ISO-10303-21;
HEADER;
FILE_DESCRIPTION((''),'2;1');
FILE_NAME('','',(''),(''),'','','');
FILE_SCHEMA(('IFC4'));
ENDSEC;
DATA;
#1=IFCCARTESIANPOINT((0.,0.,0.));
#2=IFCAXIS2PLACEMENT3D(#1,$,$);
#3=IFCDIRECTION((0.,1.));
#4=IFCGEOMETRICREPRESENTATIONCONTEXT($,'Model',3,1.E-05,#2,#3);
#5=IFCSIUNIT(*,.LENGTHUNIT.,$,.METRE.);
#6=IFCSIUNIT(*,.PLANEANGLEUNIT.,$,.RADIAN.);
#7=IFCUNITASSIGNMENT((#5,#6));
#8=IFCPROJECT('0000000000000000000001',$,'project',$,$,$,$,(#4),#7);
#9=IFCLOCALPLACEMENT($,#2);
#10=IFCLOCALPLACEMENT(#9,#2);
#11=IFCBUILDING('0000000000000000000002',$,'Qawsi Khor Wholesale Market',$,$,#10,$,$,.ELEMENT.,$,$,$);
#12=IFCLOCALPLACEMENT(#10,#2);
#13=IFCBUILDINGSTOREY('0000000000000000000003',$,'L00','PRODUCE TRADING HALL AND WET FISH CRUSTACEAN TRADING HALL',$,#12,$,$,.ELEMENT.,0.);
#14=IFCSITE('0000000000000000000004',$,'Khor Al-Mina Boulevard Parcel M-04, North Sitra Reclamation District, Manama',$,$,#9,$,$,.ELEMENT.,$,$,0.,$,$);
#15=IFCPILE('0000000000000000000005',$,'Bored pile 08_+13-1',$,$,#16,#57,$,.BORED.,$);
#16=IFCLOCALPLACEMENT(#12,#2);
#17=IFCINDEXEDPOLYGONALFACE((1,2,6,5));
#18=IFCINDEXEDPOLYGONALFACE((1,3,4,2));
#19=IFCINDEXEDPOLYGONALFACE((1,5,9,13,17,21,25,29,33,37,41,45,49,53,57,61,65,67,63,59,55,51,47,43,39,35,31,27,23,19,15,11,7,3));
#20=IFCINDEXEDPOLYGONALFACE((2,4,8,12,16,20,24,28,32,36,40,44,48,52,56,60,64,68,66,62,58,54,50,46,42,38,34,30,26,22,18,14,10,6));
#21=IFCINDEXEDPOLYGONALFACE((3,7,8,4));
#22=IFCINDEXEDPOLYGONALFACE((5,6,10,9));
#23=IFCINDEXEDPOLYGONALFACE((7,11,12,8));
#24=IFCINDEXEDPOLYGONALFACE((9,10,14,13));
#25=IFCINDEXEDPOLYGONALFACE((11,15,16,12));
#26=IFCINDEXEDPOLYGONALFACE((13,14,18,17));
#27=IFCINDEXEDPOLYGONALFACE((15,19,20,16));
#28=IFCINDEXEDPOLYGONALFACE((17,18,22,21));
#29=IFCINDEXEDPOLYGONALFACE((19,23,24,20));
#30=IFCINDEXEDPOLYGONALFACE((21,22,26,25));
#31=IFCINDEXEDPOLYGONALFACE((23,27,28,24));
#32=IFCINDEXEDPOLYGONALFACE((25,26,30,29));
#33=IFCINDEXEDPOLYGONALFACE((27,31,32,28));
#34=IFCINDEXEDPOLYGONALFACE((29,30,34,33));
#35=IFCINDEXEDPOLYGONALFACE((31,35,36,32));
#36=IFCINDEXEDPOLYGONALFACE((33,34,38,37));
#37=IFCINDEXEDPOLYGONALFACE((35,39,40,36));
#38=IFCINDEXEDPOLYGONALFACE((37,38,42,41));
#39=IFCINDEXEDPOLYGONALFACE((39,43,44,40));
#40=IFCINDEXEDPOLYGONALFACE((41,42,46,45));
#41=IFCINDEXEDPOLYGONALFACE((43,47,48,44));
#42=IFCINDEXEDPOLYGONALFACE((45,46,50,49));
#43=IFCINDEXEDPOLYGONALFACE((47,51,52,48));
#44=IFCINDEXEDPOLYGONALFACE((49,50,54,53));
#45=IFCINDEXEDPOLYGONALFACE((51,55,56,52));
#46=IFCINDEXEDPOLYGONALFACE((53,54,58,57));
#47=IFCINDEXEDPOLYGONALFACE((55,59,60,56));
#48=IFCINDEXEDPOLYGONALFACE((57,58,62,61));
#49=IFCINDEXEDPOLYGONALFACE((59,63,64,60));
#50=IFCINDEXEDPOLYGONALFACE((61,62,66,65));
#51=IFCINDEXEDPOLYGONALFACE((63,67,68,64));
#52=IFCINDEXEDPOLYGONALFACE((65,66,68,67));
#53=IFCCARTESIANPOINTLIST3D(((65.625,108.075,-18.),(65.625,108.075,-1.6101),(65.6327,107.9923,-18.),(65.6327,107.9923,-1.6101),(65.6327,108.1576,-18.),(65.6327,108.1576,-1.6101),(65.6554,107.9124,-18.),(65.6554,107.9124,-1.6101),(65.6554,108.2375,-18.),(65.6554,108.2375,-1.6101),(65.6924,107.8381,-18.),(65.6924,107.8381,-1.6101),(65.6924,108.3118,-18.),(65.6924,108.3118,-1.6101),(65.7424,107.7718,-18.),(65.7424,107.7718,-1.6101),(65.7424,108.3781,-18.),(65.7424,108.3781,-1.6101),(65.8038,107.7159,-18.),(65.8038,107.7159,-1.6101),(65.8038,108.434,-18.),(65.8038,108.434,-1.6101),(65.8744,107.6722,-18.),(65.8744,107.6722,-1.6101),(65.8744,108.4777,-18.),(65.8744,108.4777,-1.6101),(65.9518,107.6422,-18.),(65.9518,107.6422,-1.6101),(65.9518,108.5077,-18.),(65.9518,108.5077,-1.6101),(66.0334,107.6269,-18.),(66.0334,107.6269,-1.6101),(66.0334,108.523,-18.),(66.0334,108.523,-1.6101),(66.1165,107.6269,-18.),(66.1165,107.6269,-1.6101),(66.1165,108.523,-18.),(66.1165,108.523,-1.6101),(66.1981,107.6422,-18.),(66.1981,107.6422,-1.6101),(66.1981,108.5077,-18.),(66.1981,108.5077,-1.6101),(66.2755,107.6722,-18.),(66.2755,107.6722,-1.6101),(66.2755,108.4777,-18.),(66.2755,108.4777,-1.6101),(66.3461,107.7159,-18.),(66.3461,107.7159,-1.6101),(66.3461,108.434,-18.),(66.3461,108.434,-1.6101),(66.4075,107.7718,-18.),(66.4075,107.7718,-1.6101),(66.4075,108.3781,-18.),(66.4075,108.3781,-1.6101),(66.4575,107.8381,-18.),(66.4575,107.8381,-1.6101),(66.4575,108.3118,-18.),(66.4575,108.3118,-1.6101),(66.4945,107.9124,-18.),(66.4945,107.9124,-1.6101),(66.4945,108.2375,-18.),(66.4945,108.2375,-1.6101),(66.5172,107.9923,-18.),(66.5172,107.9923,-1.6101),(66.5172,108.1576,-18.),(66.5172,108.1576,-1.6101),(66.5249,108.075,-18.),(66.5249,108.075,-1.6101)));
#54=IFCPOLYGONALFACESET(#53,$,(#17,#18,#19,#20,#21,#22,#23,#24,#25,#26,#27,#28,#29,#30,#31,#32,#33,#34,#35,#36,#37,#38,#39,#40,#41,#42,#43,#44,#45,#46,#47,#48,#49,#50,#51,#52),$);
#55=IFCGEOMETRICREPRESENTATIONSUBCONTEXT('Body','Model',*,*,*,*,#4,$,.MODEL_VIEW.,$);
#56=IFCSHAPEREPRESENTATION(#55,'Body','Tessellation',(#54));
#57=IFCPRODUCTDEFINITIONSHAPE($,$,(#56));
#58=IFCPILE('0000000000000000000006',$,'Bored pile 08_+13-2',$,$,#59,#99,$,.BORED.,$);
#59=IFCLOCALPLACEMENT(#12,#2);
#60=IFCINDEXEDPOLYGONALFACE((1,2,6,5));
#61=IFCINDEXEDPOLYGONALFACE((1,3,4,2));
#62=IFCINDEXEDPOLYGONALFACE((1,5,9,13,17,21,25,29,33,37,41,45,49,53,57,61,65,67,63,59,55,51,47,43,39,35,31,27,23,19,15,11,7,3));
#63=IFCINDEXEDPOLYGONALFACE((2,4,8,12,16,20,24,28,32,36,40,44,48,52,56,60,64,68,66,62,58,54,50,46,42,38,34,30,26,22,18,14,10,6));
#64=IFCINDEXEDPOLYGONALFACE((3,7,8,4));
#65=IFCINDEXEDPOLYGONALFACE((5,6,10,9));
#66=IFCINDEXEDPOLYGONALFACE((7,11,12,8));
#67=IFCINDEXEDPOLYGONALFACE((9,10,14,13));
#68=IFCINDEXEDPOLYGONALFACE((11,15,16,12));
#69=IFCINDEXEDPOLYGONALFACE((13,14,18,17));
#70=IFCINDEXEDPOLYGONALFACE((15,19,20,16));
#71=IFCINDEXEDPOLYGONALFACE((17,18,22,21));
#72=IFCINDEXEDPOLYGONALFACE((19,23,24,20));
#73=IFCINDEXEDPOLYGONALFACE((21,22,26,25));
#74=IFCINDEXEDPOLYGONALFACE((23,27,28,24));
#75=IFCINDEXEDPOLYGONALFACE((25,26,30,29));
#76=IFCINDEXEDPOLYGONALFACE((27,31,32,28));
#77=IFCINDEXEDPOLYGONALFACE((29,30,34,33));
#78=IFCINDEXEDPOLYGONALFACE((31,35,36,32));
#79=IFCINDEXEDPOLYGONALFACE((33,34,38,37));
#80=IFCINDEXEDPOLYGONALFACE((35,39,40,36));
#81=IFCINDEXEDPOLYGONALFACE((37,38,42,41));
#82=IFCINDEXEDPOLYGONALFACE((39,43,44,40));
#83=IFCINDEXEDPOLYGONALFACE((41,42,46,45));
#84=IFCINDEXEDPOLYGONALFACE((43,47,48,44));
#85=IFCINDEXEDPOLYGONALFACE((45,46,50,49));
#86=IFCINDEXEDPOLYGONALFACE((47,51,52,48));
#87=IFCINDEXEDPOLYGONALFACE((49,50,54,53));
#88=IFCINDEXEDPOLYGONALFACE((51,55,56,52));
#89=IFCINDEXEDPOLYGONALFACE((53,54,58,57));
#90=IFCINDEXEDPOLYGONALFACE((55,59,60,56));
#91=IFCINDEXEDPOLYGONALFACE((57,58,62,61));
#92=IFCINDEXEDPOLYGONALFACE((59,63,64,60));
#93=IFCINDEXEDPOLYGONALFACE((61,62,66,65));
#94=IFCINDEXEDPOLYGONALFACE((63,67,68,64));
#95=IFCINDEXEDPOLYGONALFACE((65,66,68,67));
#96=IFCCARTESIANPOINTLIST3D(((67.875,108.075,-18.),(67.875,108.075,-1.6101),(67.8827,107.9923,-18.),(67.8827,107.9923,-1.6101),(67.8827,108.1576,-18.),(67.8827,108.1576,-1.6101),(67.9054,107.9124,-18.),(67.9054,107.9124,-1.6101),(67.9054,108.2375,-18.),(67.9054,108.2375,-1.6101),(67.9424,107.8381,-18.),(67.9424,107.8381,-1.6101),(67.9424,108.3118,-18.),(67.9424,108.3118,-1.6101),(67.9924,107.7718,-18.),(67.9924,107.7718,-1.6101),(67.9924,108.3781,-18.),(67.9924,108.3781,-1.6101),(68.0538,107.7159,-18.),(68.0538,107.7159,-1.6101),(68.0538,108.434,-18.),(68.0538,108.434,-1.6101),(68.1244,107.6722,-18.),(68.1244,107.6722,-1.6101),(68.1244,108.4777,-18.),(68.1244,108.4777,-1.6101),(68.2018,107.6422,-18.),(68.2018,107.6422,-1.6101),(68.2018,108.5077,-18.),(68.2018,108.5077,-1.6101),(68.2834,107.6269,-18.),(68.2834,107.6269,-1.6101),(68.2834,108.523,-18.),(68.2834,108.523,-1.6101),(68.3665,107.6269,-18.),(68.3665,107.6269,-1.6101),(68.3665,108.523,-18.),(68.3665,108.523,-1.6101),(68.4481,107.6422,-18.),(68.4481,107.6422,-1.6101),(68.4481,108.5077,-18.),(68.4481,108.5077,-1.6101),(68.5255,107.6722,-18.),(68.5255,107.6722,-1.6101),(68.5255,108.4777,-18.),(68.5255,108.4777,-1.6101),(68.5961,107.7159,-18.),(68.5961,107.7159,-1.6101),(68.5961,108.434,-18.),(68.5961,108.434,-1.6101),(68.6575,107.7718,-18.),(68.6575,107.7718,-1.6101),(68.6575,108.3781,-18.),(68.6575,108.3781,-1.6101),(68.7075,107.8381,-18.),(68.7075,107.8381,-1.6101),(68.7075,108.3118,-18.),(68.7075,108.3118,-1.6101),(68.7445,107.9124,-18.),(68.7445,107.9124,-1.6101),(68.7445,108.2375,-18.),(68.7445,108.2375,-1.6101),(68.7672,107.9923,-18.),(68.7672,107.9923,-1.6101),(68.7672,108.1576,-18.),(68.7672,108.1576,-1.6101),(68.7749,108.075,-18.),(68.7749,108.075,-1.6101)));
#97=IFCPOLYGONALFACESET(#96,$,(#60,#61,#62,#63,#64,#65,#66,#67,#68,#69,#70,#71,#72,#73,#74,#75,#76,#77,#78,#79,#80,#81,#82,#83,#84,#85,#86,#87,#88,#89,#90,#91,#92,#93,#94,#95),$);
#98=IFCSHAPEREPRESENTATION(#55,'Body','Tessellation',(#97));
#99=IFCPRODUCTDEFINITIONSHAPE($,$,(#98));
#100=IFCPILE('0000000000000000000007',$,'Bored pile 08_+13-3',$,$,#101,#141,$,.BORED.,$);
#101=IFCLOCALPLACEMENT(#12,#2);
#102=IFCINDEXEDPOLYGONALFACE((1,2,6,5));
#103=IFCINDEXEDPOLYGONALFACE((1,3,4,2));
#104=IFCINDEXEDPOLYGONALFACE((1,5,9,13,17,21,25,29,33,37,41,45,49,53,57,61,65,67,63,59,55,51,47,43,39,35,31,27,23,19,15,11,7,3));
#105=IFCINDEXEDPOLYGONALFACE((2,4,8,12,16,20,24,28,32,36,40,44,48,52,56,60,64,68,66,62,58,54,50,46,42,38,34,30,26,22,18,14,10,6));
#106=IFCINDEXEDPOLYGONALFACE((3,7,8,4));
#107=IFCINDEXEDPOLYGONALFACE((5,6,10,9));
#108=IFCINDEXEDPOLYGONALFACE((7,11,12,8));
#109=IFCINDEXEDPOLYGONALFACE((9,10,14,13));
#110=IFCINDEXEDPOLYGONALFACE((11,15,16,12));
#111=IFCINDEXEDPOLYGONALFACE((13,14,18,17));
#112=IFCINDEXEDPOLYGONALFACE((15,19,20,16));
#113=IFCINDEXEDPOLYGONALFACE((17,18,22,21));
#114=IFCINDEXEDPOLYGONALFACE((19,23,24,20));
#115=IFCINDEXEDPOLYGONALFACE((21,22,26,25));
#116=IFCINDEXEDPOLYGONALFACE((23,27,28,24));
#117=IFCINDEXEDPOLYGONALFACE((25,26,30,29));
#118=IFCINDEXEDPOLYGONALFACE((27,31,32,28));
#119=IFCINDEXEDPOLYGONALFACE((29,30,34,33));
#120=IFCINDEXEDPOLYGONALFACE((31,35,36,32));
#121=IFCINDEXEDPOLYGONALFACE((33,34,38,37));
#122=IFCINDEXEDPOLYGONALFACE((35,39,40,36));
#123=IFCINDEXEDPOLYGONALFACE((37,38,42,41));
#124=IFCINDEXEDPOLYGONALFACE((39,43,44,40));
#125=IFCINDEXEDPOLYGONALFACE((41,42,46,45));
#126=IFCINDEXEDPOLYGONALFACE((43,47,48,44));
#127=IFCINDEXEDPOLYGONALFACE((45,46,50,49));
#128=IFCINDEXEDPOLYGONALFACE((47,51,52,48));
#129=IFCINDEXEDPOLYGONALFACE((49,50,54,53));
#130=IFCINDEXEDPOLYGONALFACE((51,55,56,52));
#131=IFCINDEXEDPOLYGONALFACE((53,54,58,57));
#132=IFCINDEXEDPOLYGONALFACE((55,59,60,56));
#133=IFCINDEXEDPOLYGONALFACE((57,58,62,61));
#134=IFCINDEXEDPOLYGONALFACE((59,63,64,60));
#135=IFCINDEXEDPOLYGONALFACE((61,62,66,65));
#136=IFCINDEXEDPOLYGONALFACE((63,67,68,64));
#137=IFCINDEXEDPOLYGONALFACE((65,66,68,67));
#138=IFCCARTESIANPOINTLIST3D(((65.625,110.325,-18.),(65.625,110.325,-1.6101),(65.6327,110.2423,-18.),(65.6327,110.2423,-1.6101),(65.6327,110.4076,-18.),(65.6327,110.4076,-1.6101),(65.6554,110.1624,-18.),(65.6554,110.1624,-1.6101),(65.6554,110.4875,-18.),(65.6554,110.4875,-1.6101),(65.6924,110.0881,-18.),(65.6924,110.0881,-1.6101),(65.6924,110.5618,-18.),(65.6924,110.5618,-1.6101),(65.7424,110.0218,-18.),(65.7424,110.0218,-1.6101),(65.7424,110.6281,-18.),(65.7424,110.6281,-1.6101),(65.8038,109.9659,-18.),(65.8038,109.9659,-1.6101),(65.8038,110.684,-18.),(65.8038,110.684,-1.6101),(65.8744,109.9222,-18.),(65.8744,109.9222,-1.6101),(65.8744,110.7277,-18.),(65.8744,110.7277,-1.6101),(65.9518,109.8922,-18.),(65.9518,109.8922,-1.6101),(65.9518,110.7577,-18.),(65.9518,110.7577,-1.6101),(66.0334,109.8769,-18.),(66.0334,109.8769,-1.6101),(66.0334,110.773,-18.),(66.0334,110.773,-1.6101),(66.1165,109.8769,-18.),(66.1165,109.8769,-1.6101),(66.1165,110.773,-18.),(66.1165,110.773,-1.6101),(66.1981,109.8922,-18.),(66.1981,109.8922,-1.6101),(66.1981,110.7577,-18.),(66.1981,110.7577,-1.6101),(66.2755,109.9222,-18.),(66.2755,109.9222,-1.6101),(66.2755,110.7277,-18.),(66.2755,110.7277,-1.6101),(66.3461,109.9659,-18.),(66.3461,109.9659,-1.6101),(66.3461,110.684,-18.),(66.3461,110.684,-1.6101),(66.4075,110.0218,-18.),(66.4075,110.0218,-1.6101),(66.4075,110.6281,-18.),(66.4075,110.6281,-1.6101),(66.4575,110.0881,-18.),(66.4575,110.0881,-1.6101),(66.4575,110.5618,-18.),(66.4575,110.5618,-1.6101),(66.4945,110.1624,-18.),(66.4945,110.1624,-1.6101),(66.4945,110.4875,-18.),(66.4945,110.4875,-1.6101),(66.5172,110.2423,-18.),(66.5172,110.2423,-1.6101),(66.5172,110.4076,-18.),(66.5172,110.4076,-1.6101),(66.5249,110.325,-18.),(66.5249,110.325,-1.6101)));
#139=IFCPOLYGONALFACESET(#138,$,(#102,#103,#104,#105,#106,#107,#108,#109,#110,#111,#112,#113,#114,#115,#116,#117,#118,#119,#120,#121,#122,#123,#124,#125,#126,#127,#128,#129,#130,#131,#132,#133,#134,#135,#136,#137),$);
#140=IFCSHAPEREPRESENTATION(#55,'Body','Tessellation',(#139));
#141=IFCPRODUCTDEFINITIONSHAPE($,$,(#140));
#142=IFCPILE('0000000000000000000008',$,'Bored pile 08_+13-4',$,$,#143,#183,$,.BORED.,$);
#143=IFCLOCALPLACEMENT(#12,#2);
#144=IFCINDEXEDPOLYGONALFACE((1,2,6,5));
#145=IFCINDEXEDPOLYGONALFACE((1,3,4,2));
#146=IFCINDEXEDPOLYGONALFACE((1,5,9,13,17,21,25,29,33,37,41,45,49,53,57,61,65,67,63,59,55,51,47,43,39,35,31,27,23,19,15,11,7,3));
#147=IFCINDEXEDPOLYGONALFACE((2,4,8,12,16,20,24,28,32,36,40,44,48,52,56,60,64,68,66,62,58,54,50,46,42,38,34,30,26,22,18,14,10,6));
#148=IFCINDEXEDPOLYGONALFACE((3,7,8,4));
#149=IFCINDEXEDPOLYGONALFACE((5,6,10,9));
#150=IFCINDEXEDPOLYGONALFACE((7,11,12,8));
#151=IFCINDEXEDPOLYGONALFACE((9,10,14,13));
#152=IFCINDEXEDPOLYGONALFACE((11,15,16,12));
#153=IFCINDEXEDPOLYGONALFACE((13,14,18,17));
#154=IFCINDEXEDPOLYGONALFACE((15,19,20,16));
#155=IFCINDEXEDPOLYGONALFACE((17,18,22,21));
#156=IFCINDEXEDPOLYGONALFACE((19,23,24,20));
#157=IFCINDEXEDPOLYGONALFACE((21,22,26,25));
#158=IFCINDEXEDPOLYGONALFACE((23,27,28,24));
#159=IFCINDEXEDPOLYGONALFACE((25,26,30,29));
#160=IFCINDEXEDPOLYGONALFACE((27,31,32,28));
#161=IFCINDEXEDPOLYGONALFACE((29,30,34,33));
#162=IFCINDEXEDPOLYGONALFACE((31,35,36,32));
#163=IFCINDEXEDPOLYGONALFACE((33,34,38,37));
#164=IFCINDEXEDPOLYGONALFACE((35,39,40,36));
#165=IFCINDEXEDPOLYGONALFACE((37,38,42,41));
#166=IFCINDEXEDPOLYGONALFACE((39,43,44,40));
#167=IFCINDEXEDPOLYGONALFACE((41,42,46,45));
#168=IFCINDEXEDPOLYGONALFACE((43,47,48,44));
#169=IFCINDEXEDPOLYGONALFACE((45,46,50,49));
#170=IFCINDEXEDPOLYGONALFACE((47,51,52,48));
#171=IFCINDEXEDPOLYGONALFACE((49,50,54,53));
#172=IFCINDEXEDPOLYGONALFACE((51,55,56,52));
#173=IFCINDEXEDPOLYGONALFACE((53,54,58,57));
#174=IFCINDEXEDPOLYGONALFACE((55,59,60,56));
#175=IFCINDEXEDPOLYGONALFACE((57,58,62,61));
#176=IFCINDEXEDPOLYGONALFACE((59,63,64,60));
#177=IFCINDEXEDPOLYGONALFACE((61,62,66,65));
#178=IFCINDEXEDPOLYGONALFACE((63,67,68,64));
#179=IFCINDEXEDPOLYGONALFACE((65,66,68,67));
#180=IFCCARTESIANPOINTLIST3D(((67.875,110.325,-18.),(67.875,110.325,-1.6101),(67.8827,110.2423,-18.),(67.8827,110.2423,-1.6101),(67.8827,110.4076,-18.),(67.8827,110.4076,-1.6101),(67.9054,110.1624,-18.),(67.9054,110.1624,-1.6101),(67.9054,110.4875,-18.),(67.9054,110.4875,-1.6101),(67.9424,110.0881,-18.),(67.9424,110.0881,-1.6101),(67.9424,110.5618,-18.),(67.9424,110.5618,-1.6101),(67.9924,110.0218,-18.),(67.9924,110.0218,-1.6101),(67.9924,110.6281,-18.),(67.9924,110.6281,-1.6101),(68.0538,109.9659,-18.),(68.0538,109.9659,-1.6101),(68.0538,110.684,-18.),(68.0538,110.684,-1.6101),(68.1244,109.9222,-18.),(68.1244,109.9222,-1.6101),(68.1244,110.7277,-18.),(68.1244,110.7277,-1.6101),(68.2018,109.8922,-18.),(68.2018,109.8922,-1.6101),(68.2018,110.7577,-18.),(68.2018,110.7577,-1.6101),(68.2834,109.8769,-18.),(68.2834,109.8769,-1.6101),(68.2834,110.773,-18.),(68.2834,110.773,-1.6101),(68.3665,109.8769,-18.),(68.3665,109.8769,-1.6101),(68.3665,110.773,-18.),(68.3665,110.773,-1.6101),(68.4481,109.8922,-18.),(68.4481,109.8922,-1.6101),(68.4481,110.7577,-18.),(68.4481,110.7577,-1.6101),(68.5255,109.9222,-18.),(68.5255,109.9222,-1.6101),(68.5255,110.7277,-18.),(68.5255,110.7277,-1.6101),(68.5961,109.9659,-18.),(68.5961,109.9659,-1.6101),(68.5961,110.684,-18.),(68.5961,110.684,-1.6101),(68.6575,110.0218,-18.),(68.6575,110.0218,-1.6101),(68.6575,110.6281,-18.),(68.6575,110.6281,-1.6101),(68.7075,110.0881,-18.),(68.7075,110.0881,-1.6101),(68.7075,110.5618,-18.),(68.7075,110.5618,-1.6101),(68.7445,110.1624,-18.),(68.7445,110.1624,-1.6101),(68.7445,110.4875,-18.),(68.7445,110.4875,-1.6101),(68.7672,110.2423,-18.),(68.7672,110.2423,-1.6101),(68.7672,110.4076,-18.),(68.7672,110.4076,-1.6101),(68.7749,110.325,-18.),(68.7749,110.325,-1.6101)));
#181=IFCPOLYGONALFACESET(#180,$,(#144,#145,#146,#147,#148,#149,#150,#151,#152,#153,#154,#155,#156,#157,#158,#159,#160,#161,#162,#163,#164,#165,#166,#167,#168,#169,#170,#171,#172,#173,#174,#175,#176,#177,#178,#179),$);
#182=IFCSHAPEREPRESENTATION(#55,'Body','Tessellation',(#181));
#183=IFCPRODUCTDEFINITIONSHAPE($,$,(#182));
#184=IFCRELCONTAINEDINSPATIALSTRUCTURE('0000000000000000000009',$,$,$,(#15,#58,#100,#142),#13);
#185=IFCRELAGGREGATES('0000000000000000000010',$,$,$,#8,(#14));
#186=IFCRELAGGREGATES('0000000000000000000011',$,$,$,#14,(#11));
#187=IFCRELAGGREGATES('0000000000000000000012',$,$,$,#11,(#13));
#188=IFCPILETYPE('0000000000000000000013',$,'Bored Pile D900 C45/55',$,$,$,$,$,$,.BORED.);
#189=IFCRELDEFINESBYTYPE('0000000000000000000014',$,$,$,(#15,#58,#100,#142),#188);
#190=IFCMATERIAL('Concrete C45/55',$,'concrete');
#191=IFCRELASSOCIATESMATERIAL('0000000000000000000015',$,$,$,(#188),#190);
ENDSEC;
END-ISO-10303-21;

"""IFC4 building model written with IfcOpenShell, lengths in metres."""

from ifc_helpers import new_model, si_unit, direction, frame, origin, origin_2d, place, context, subcontext, project, spatial, circle, extrude, material, material_profile, profile_set, type_object, element, save


model = new_model("IFC4")

# Units and contexts
model_context = context("Model", 3, precision=1e-05, world=origin(), true_north=direction((0.0, 1.0)))
body_context = subcontext(model_context, "Body", "Model", "MODEL_VIEW")
ifc_project = project(units=[si_unit("LENGTHUNIT", "METRE"), si_unit("PLANEANGLEUNIT", "RADIAN")], contexts=[model_context])

# Site, building, storey
site_placement = place(None, origin())
site = spatial("IfcSite", under=ifc_project, at=site_placement, Name="Khor Al-Mina Boulevard Parcel M-04, North Sitra Reclamation District, Manama", CompositionType="ELEMENT", RefElevation=0.0)
building_placement = place(site_placement, origin())
building = spatial("IfcBuilding", under=site, at=building_placement, Name="Qawsi Khor Wholesale Market", CompositionType="ELEMENT")
storey_placement = place(building_placement, origin())
storey = spatial("IfcBuildingStorey", under=building, at=storey_placement, Name="L00", Description="PRODUCE TRADING HALL AND WET FISH CRUSTACEAN TRADING HALL", CompositionType="ELEMENT", Elevation=0.0)

# Piles
ifc_material_1 = material(Name="Concrete C45/55", Category="concrete")
ifc_material_profile_1 = material_profile(ifc_material_1, circle(Radius=0.45, at=origin_2d()), Name="PILE D900")
ifc_profile_set_1 = profile_set([ifc_material_profile_1], Name="Concrete C45/55")
pile_type = type_object("IfcPileType", Name="Bored Pile D900 C45/55", PredefinedType="BORED", material=ifc_profile_set_1)
for number, where, z_axis, x_axis, name in (
    (1, (66.075, 108.075, -1.6101), (0.0, 0.0, -1.0), (1.0, 0.0, 0.0), "Bored pile 08_+13-1"),
    (2, (68.325, 108.075, -1.6101), (0.0, 0.0, -1.0), (1.0, 0.0, 0.0), "Bored pile 08_+13-2"),
    (3, (66.075, 110.325, -1.6101), (0.0, 0.0, -1.0), (1.0, 0.0, 0.0), "Bored pile 08_+13-3"),
    (4, (68.325, 110.325, -1.6101), (0.0, 0.0, -1.0), (1.0, 0.0, 0.0), "Bored pile 08_+13-4"),
):
    element("IfcPile", number, at=place(storey_placement, frame(where, z_axis=z_axis, x_axis=x_axis)), inside=storey, type_object=pile_type, Name=name, PredefinedType="BORED", context=body_context, shape_type="SweptSolid", body=[
        extrude(circle(Radius=0.45, at=origin_2d()), origin(), (0.0, 0.0, 1.0), 16.3899),
    ])

save(model, "model.ifc")
